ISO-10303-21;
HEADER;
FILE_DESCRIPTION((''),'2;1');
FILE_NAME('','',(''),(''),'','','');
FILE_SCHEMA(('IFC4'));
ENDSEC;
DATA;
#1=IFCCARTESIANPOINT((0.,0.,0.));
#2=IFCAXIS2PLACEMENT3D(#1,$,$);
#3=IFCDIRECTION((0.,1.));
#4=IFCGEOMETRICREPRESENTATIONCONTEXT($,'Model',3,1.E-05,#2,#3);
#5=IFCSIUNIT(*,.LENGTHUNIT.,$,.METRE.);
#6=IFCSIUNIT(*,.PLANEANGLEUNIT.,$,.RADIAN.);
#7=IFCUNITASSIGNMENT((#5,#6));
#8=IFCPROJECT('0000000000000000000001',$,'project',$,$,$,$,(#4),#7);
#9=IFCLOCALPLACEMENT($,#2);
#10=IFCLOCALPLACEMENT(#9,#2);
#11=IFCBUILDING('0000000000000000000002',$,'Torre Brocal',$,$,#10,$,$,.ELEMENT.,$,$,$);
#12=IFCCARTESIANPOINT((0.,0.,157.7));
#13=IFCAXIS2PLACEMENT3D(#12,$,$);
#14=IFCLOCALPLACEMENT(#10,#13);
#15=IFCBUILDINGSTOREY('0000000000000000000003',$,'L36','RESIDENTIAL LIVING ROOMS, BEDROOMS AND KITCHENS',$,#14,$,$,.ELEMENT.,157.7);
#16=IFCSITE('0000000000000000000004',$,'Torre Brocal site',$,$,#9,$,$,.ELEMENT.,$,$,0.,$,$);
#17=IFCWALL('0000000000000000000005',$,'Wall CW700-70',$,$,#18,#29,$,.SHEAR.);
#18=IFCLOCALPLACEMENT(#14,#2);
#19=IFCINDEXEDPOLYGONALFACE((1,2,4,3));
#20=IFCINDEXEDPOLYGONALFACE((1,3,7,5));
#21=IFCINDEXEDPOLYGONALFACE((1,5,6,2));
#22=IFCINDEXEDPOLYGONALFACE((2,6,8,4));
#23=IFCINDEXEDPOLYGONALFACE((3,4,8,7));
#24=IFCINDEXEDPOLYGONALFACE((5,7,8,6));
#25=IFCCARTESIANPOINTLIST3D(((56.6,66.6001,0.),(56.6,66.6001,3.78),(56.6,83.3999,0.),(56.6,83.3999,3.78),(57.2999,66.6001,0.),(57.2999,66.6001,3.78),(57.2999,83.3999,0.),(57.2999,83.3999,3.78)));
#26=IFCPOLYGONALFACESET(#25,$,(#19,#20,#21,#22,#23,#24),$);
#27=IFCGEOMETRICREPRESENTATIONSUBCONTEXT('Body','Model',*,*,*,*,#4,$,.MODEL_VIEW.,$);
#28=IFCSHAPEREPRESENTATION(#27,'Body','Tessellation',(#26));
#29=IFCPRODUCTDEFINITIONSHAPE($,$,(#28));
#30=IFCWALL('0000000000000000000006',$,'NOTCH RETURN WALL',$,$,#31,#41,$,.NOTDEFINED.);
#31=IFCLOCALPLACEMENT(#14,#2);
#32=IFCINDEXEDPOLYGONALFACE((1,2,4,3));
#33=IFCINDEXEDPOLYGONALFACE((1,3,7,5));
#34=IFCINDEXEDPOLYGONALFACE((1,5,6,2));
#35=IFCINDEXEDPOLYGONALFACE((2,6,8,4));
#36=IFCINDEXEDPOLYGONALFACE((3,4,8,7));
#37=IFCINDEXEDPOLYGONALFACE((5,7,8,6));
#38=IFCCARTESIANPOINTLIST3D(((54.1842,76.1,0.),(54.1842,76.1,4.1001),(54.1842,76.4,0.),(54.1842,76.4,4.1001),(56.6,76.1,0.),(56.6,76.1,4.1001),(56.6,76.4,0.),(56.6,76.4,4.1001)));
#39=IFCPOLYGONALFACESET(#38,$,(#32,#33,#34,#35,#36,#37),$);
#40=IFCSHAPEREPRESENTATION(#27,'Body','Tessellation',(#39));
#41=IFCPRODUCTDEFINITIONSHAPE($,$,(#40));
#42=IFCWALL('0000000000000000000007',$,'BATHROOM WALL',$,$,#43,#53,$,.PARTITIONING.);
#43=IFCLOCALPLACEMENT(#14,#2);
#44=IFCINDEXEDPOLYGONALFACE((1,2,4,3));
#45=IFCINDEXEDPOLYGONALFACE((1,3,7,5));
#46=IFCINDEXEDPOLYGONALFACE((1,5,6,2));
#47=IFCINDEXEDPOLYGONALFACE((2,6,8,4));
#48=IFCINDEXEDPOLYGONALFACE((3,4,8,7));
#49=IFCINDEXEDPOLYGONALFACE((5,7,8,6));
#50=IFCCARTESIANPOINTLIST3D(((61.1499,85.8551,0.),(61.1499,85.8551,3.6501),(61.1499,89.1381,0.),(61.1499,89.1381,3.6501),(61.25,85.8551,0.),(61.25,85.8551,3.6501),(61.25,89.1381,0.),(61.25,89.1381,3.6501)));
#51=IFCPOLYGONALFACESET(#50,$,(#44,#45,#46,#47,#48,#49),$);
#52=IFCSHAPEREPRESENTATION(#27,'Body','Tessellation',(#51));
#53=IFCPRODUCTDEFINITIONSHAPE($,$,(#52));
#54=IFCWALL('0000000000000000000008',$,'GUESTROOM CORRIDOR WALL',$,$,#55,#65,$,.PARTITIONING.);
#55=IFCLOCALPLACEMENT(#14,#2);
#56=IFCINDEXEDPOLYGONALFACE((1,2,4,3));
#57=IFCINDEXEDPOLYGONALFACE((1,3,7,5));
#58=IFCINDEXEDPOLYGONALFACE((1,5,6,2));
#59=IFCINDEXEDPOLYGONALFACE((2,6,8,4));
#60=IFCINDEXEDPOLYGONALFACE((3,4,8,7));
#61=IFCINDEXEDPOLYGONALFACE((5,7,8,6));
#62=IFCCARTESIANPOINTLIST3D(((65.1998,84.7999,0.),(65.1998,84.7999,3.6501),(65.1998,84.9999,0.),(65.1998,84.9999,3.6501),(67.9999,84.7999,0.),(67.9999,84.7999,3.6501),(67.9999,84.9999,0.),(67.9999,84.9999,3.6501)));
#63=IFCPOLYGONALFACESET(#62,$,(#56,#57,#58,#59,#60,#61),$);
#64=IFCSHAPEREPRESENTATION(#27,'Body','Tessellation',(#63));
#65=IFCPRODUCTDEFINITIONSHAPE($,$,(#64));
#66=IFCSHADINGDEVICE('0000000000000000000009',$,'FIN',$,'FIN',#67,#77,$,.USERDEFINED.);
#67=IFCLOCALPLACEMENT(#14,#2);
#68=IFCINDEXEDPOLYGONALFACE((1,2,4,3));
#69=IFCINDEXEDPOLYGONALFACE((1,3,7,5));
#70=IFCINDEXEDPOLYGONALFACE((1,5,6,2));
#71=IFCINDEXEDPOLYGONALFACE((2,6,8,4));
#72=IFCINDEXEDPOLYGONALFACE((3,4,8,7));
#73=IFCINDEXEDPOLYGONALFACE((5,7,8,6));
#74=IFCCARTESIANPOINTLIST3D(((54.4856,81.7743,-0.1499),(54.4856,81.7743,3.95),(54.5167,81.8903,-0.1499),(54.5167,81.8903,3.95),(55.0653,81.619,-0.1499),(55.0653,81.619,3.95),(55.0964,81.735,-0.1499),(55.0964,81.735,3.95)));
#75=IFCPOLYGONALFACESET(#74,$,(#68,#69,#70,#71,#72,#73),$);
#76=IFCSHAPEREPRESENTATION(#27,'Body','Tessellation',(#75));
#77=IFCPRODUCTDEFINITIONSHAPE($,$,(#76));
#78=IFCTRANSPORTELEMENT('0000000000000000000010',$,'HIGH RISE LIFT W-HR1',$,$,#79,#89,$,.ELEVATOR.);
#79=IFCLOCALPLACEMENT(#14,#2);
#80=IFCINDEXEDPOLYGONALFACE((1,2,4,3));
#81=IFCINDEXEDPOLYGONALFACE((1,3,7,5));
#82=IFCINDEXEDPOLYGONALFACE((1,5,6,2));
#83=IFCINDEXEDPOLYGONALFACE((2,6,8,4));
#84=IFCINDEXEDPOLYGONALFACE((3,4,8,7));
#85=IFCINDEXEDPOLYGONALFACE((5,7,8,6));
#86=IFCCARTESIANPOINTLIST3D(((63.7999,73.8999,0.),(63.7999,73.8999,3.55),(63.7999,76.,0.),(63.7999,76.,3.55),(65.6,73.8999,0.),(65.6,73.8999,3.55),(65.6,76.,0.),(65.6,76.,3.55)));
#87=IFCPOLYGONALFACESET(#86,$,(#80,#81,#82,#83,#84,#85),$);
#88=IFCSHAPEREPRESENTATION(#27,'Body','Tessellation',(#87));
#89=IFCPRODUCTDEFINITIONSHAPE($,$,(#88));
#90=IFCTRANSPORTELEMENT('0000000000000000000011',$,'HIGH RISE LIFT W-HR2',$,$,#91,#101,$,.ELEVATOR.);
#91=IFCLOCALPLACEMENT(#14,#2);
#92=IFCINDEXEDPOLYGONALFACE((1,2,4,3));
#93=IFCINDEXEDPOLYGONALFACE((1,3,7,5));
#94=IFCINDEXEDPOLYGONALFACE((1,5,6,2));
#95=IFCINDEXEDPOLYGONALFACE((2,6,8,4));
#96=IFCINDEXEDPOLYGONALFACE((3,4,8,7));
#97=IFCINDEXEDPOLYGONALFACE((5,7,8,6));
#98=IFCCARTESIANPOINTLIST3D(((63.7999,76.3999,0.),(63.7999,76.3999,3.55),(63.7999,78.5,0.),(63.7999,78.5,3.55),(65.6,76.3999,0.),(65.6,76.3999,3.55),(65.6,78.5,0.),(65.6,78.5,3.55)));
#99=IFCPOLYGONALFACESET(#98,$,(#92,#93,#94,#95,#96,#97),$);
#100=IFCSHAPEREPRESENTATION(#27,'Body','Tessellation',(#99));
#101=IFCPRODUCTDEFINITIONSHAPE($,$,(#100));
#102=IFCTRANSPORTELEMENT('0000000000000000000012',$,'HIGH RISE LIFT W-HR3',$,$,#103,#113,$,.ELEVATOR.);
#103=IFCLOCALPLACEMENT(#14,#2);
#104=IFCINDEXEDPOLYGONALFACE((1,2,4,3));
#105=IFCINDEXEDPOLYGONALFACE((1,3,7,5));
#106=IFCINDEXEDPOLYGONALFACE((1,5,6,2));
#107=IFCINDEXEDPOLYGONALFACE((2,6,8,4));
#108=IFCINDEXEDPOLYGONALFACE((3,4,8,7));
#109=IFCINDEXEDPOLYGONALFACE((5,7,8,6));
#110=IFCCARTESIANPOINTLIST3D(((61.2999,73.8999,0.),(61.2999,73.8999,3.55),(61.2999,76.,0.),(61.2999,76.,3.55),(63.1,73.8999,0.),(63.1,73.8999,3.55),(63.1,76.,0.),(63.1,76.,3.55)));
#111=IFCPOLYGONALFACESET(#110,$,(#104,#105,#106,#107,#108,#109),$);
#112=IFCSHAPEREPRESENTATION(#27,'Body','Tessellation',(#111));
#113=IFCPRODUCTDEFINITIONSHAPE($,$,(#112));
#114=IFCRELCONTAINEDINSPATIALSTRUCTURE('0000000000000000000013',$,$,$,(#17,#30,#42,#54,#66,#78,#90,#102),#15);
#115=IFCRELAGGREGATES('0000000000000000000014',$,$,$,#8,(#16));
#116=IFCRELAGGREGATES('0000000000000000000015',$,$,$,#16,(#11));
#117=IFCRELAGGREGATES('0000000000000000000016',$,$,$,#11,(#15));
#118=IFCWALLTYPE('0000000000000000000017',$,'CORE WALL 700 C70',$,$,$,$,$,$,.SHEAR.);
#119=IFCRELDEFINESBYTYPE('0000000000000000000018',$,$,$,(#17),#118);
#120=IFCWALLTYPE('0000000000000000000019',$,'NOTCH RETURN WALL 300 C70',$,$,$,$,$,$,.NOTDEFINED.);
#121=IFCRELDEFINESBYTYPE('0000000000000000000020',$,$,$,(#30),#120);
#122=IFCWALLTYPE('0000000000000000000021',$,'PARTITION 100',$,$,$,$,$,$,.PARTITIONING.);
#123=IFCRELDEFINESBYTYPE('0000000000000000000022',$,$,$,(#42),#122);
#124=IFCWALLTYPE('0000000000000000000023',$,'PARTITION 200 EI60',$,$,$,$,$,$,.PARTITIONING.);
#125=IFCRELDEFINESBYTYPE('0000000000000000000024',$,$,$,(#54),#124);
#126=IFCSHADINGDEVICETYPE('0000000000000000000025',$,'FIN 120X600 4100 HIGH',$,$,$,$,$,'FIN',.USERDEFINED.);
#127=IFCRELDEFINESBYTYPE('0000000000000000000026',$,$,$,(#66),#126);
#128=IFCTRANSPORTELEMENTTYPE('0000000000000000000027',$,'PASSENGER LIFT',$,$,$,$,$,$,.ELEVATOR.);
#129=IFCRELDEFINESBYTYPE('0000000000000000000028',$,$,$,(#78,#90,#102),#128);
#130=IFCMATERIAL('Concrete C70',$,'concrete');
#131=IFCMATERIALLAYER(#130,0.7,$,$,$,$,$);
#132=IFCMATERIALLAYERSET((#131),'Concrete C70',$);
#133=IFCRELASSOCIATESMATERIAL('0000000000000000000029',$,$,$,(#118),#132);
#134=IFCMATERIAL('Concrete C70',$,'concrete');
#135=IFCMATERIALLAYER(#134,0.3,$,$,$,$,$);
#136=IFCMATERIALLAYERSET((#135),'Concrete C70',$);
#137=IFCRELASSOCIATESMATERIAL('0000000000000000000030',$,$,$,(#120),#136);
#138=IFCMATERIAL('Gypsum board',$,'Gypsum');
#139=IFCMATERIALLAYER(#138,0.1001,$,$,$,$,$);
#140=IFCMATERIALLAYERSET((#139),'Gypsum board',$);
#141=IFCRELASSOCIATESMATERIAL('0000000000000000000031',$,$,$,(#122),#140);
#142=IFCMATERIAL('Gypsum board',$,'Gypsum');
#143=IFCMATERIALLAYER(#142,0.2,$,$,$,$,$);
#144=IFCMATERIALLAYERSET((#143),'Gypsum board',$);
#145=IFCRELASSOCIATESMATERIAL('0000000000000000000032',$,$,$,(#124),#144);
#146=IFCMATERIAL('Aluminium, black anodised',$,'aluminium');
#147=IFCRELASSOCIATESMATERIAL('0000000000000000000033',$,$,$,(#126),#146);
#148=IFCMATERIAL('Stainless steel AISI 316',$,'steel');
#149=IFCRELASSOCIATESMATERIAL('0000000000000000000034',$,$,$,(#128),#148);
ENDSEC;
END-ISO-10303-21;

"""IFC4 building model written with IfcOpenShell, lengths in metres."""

from ifc_helpers import new_model, si_unit, direction, frame, frame_2d, origin, origin_2d, place, context, subcontext, project, spatial, rectangle, extrude, material, layer, layer_set, material_profile, profile_set, type_object, element, save


model = new_model("IFC4")

# Units and contexts
model_context = context("Model", 3, precision=1e-05, world=origin(), true_north=direction((0.0, 1.0)))
body_context = subcontext(model_context, "Body", "Model", "MODEL_VIEW")
ifc_project = project(units=[si_unit("LENGTHUNIT", "METRE"), si_unit("PLANEANGLEUNIT", "RADIAN")], contexts=[model_context])

# Site, building, storey
site_placement = place(None, origin())
site = spatial("IfcSite", under=ifc_project, at=site_placement, Name="Torre Brocal site", CompositionType="ELEMENT", RefElevation=0.0)
building_placement = place(site_placement, origin())
building = spatial("IfcBuilding", under=site, at=building_placement, Name="Torre Brocal", CompositionType="ELEMENT")
storey_placement = place(building_placement, frame((0.0, 0.0, 157.7)))
storey = spatial("IfcBuildingStorey", under=building, at=storey_placement, Name="L36", Description="RESIDENTIAL LIVING ROOMS, BEDROOMS AND KITCHENS", CompositionType="ELEMENT", Elevation=157.7)

# Walls
ifc_material_1 = material(Name="Concrete C70", Category="concrete")
ifc_layer_1 = layer(ifc_material_1, 0.7)
ifc_layer_set_1 = layer_set([ifc_layer_1], Name="Concrete C70")
wall_type_1 = type_object("IfcWallType", Name="CORE WALL 700 C70", PredefinedType="SHEAR", material=ifc_layer_set_1)
wall_1_placement = place(storey_placement, frame((56.95, 83.3999, 0.0), z_axis=(0.0, 0.0, 1.0), x_axis=(0.0, -1.0, 0.0)))
element("IfcWall", 1, at=wall_1_placement, inside=storey, type_object=wall_type_1, Name="Wall CW700-70", PredefinedType="SHEAR", context=body_context, shape_type="SweptSolid", body=[
    extrude(rectangle(XDim=16.7998, YDim=0.7, at=frame_2d((8.3999, 0.0))), origin(), (0.0, 0.0, 1.0), 3.78),
])
ifc_material_2 = material(Name="Concrete C70", Category="concrete")
ifc_layer_2 = layer(ifc_material_2, 0.3)
ifc_layer_set_2 = layer_set([ifc_layer_2], Name="Concrete C70")
wall_type_2 = type_object("IfcWallType", Name="NOTCH RETURN WALL 300 C70", PredefinedType="NOTDEFINED", material=ifc_layer_set_2)
wall_2_placement = place(storey_placement, frame((56.6001, 76.25, 0.0), z_axis=(0.0, 0.0, 1.0), x_axis=(-1.0, 0.0, 0.0)))
element("IfcWall", 2, at=wall_2_placement, inside=storey, type_object=wall_type_2, Name="NOTCH RETURN WALL", PredefinedType="NOTDEFINED", context=body_context, shape_type="SweptSolid", body=[
    extrude(rectangle(XDim=2.4158, YDim=0.3, at=frame_2d((1.208, 0.0))), origin(), (0.0, 0.0, 1.0), 4.1001),
])
ifc_material_3 = material(Name="Gypsum board", Category="Gypsum")
ifc_layer_3 = layer(ifc_material_3, 0.1001)
ifc_layer_set_3 = layer_set([ifc_layer_3], Name="Gypsum board")
wall_type_3 = type_object("IfcWallType", Name="PARTITION 100", PredefinedType="PARTITIONING", material=ifc_layer_set_3)
wall_3_placement = place(storey_placement, frame((61.2, 85.855, 0.0), z_axis=(0.0, 0.0, 1.0), x_axis=(0.0, 1.0, 0.0)))
element("IfcWall", 3, at=wall_3_placement, inside=storey, type_object=wall_type_3, Name="BATHROOM WALL", PredefinedType="PARTITIONING", context=body_context, shape_type="SweptSolid", body=[
    extrude(rectangle(XDim=3.283, YDim=0.1001, at=frame_2d((1.6416, 0.0))), origin(), (0.0, 0.0, 1.0), 3.6501),
])
ifc_material_4 = material(Name="Gypsum board", Category="Gypsum")
ifc_layer_4 = layer(ifc_material_4, 0.2)
ifc_layer_set_4 = layer_set([ifc_layer_4], Name="Gypsum board")
wall_type_4 = type_object("IfcWallType", Name="PARTITION 200 EI60", PredefinedType="PARTITIONING", material=ifc_layer_set_4)
wall_4_placement = place(storey_placement, frame((65.2, 84.8999, 0.0), z_axis=(0.0, 0.0, 1.0), x_axis=(1.0, 0.0, 0.0)))
element("IfcWall", 4, at=wall_4_placement, inside=storey, type_object=wall_type_4, Name="GUESTROOM CORRIDOR WALL", PredefinedType="PARTITIONING", context=body_context, shape_type="SweptSolid", body=[
    extrude(rectangle(XDim=2.8, YDim=0.2, at=frame_2d((1.3999, 0.0))), origin(), (0.0, 0.0, 1.0), 3.6501),
])

# Shading device
ifc_material_5 = material(Name="Aluminium, black anodised", Category="aluminium")
ifc_material_profile_1 = material_profile(ifc_material_5, rectangle(XDim=0.1201, YDim=0.6001, at=origin_2d()), Name="FIN 120X600 4100 HIGH")
ifc_profile_set_1 = profile_set([ifc_material_profile_1], Name="Aluminium, black anodised")
shading_device_type = type_object("IfcShadingDeviceType", Name="FIN 120X600 4100 HIGH", ElementType="FIN", PredefinedType="USERDEFINED", material=ifc_profile_set_1)
shading_device_placement = place(storey_placement, frame((54.791, 81.7546, -0.1499), z_axis=(0.0, 0.0, 1.0), x_axis=(-0.258819, -0.965926, 0.0)))
element("IfcShadingDevice", 5, at=shading_device_placement, inside=storey, type_object=shading_device_type, Name="FIN", ObjectType="FIN", PredefinedType="USERDEFINED", context=body_context, shape_type="SweptSolid", body=[
    extrude(rectangle(XDim=0.1201, YDim=0.6001, at=origin_2d()), origin(), (0.0, 0.0, 1.0), 4.0999),
])

# Transport elements
ifc_material_6 = material(Name="Stainless steel AISI 316", Category="steel")
transport_element_type = type_object("IfcTransportElementType", Name="PASSENGER LIFT", PredefinedType="ELEVATOR", material=ifc_material_6)
for number, where, z_axis, x_axis, name in (
    (6, (64.7, 74.95, 0.0), (0.0, 0.0, 1.0), (1.0, 0.0, 0.0), "HIGH RISE LIFT W-HR1"),
    (7, (64.7, 77.45, 0.0), (0.0, 0.0, 1.0), (1.0, 0.0, 0.0), "HIGH RISE LIFT W-HR2"),
    (8, (62.2, 74.95, 0.0), (0.0, 0.0, 1.0), (1.0, 0.0, 0.0), "HIGH RISE LIFT W-HR3"),
):
    element("IfcTransportElement", number, at=place(storey_placement, frame(where, z_axis=z_axis, x_axis=x_axis)), inside=storey, type_object=transport_element_type, Name=name, PredefinedType="ELEVATOR", context=body_context, shape_type="SweptSolid", body=[
        extrude(rectangle(XDim=1.8, YDim=2.1001, at=origin_2d()), origin(), (0.0, 0.0, 1.0), 3.55),
    ])

save(model, "model.ifc")
